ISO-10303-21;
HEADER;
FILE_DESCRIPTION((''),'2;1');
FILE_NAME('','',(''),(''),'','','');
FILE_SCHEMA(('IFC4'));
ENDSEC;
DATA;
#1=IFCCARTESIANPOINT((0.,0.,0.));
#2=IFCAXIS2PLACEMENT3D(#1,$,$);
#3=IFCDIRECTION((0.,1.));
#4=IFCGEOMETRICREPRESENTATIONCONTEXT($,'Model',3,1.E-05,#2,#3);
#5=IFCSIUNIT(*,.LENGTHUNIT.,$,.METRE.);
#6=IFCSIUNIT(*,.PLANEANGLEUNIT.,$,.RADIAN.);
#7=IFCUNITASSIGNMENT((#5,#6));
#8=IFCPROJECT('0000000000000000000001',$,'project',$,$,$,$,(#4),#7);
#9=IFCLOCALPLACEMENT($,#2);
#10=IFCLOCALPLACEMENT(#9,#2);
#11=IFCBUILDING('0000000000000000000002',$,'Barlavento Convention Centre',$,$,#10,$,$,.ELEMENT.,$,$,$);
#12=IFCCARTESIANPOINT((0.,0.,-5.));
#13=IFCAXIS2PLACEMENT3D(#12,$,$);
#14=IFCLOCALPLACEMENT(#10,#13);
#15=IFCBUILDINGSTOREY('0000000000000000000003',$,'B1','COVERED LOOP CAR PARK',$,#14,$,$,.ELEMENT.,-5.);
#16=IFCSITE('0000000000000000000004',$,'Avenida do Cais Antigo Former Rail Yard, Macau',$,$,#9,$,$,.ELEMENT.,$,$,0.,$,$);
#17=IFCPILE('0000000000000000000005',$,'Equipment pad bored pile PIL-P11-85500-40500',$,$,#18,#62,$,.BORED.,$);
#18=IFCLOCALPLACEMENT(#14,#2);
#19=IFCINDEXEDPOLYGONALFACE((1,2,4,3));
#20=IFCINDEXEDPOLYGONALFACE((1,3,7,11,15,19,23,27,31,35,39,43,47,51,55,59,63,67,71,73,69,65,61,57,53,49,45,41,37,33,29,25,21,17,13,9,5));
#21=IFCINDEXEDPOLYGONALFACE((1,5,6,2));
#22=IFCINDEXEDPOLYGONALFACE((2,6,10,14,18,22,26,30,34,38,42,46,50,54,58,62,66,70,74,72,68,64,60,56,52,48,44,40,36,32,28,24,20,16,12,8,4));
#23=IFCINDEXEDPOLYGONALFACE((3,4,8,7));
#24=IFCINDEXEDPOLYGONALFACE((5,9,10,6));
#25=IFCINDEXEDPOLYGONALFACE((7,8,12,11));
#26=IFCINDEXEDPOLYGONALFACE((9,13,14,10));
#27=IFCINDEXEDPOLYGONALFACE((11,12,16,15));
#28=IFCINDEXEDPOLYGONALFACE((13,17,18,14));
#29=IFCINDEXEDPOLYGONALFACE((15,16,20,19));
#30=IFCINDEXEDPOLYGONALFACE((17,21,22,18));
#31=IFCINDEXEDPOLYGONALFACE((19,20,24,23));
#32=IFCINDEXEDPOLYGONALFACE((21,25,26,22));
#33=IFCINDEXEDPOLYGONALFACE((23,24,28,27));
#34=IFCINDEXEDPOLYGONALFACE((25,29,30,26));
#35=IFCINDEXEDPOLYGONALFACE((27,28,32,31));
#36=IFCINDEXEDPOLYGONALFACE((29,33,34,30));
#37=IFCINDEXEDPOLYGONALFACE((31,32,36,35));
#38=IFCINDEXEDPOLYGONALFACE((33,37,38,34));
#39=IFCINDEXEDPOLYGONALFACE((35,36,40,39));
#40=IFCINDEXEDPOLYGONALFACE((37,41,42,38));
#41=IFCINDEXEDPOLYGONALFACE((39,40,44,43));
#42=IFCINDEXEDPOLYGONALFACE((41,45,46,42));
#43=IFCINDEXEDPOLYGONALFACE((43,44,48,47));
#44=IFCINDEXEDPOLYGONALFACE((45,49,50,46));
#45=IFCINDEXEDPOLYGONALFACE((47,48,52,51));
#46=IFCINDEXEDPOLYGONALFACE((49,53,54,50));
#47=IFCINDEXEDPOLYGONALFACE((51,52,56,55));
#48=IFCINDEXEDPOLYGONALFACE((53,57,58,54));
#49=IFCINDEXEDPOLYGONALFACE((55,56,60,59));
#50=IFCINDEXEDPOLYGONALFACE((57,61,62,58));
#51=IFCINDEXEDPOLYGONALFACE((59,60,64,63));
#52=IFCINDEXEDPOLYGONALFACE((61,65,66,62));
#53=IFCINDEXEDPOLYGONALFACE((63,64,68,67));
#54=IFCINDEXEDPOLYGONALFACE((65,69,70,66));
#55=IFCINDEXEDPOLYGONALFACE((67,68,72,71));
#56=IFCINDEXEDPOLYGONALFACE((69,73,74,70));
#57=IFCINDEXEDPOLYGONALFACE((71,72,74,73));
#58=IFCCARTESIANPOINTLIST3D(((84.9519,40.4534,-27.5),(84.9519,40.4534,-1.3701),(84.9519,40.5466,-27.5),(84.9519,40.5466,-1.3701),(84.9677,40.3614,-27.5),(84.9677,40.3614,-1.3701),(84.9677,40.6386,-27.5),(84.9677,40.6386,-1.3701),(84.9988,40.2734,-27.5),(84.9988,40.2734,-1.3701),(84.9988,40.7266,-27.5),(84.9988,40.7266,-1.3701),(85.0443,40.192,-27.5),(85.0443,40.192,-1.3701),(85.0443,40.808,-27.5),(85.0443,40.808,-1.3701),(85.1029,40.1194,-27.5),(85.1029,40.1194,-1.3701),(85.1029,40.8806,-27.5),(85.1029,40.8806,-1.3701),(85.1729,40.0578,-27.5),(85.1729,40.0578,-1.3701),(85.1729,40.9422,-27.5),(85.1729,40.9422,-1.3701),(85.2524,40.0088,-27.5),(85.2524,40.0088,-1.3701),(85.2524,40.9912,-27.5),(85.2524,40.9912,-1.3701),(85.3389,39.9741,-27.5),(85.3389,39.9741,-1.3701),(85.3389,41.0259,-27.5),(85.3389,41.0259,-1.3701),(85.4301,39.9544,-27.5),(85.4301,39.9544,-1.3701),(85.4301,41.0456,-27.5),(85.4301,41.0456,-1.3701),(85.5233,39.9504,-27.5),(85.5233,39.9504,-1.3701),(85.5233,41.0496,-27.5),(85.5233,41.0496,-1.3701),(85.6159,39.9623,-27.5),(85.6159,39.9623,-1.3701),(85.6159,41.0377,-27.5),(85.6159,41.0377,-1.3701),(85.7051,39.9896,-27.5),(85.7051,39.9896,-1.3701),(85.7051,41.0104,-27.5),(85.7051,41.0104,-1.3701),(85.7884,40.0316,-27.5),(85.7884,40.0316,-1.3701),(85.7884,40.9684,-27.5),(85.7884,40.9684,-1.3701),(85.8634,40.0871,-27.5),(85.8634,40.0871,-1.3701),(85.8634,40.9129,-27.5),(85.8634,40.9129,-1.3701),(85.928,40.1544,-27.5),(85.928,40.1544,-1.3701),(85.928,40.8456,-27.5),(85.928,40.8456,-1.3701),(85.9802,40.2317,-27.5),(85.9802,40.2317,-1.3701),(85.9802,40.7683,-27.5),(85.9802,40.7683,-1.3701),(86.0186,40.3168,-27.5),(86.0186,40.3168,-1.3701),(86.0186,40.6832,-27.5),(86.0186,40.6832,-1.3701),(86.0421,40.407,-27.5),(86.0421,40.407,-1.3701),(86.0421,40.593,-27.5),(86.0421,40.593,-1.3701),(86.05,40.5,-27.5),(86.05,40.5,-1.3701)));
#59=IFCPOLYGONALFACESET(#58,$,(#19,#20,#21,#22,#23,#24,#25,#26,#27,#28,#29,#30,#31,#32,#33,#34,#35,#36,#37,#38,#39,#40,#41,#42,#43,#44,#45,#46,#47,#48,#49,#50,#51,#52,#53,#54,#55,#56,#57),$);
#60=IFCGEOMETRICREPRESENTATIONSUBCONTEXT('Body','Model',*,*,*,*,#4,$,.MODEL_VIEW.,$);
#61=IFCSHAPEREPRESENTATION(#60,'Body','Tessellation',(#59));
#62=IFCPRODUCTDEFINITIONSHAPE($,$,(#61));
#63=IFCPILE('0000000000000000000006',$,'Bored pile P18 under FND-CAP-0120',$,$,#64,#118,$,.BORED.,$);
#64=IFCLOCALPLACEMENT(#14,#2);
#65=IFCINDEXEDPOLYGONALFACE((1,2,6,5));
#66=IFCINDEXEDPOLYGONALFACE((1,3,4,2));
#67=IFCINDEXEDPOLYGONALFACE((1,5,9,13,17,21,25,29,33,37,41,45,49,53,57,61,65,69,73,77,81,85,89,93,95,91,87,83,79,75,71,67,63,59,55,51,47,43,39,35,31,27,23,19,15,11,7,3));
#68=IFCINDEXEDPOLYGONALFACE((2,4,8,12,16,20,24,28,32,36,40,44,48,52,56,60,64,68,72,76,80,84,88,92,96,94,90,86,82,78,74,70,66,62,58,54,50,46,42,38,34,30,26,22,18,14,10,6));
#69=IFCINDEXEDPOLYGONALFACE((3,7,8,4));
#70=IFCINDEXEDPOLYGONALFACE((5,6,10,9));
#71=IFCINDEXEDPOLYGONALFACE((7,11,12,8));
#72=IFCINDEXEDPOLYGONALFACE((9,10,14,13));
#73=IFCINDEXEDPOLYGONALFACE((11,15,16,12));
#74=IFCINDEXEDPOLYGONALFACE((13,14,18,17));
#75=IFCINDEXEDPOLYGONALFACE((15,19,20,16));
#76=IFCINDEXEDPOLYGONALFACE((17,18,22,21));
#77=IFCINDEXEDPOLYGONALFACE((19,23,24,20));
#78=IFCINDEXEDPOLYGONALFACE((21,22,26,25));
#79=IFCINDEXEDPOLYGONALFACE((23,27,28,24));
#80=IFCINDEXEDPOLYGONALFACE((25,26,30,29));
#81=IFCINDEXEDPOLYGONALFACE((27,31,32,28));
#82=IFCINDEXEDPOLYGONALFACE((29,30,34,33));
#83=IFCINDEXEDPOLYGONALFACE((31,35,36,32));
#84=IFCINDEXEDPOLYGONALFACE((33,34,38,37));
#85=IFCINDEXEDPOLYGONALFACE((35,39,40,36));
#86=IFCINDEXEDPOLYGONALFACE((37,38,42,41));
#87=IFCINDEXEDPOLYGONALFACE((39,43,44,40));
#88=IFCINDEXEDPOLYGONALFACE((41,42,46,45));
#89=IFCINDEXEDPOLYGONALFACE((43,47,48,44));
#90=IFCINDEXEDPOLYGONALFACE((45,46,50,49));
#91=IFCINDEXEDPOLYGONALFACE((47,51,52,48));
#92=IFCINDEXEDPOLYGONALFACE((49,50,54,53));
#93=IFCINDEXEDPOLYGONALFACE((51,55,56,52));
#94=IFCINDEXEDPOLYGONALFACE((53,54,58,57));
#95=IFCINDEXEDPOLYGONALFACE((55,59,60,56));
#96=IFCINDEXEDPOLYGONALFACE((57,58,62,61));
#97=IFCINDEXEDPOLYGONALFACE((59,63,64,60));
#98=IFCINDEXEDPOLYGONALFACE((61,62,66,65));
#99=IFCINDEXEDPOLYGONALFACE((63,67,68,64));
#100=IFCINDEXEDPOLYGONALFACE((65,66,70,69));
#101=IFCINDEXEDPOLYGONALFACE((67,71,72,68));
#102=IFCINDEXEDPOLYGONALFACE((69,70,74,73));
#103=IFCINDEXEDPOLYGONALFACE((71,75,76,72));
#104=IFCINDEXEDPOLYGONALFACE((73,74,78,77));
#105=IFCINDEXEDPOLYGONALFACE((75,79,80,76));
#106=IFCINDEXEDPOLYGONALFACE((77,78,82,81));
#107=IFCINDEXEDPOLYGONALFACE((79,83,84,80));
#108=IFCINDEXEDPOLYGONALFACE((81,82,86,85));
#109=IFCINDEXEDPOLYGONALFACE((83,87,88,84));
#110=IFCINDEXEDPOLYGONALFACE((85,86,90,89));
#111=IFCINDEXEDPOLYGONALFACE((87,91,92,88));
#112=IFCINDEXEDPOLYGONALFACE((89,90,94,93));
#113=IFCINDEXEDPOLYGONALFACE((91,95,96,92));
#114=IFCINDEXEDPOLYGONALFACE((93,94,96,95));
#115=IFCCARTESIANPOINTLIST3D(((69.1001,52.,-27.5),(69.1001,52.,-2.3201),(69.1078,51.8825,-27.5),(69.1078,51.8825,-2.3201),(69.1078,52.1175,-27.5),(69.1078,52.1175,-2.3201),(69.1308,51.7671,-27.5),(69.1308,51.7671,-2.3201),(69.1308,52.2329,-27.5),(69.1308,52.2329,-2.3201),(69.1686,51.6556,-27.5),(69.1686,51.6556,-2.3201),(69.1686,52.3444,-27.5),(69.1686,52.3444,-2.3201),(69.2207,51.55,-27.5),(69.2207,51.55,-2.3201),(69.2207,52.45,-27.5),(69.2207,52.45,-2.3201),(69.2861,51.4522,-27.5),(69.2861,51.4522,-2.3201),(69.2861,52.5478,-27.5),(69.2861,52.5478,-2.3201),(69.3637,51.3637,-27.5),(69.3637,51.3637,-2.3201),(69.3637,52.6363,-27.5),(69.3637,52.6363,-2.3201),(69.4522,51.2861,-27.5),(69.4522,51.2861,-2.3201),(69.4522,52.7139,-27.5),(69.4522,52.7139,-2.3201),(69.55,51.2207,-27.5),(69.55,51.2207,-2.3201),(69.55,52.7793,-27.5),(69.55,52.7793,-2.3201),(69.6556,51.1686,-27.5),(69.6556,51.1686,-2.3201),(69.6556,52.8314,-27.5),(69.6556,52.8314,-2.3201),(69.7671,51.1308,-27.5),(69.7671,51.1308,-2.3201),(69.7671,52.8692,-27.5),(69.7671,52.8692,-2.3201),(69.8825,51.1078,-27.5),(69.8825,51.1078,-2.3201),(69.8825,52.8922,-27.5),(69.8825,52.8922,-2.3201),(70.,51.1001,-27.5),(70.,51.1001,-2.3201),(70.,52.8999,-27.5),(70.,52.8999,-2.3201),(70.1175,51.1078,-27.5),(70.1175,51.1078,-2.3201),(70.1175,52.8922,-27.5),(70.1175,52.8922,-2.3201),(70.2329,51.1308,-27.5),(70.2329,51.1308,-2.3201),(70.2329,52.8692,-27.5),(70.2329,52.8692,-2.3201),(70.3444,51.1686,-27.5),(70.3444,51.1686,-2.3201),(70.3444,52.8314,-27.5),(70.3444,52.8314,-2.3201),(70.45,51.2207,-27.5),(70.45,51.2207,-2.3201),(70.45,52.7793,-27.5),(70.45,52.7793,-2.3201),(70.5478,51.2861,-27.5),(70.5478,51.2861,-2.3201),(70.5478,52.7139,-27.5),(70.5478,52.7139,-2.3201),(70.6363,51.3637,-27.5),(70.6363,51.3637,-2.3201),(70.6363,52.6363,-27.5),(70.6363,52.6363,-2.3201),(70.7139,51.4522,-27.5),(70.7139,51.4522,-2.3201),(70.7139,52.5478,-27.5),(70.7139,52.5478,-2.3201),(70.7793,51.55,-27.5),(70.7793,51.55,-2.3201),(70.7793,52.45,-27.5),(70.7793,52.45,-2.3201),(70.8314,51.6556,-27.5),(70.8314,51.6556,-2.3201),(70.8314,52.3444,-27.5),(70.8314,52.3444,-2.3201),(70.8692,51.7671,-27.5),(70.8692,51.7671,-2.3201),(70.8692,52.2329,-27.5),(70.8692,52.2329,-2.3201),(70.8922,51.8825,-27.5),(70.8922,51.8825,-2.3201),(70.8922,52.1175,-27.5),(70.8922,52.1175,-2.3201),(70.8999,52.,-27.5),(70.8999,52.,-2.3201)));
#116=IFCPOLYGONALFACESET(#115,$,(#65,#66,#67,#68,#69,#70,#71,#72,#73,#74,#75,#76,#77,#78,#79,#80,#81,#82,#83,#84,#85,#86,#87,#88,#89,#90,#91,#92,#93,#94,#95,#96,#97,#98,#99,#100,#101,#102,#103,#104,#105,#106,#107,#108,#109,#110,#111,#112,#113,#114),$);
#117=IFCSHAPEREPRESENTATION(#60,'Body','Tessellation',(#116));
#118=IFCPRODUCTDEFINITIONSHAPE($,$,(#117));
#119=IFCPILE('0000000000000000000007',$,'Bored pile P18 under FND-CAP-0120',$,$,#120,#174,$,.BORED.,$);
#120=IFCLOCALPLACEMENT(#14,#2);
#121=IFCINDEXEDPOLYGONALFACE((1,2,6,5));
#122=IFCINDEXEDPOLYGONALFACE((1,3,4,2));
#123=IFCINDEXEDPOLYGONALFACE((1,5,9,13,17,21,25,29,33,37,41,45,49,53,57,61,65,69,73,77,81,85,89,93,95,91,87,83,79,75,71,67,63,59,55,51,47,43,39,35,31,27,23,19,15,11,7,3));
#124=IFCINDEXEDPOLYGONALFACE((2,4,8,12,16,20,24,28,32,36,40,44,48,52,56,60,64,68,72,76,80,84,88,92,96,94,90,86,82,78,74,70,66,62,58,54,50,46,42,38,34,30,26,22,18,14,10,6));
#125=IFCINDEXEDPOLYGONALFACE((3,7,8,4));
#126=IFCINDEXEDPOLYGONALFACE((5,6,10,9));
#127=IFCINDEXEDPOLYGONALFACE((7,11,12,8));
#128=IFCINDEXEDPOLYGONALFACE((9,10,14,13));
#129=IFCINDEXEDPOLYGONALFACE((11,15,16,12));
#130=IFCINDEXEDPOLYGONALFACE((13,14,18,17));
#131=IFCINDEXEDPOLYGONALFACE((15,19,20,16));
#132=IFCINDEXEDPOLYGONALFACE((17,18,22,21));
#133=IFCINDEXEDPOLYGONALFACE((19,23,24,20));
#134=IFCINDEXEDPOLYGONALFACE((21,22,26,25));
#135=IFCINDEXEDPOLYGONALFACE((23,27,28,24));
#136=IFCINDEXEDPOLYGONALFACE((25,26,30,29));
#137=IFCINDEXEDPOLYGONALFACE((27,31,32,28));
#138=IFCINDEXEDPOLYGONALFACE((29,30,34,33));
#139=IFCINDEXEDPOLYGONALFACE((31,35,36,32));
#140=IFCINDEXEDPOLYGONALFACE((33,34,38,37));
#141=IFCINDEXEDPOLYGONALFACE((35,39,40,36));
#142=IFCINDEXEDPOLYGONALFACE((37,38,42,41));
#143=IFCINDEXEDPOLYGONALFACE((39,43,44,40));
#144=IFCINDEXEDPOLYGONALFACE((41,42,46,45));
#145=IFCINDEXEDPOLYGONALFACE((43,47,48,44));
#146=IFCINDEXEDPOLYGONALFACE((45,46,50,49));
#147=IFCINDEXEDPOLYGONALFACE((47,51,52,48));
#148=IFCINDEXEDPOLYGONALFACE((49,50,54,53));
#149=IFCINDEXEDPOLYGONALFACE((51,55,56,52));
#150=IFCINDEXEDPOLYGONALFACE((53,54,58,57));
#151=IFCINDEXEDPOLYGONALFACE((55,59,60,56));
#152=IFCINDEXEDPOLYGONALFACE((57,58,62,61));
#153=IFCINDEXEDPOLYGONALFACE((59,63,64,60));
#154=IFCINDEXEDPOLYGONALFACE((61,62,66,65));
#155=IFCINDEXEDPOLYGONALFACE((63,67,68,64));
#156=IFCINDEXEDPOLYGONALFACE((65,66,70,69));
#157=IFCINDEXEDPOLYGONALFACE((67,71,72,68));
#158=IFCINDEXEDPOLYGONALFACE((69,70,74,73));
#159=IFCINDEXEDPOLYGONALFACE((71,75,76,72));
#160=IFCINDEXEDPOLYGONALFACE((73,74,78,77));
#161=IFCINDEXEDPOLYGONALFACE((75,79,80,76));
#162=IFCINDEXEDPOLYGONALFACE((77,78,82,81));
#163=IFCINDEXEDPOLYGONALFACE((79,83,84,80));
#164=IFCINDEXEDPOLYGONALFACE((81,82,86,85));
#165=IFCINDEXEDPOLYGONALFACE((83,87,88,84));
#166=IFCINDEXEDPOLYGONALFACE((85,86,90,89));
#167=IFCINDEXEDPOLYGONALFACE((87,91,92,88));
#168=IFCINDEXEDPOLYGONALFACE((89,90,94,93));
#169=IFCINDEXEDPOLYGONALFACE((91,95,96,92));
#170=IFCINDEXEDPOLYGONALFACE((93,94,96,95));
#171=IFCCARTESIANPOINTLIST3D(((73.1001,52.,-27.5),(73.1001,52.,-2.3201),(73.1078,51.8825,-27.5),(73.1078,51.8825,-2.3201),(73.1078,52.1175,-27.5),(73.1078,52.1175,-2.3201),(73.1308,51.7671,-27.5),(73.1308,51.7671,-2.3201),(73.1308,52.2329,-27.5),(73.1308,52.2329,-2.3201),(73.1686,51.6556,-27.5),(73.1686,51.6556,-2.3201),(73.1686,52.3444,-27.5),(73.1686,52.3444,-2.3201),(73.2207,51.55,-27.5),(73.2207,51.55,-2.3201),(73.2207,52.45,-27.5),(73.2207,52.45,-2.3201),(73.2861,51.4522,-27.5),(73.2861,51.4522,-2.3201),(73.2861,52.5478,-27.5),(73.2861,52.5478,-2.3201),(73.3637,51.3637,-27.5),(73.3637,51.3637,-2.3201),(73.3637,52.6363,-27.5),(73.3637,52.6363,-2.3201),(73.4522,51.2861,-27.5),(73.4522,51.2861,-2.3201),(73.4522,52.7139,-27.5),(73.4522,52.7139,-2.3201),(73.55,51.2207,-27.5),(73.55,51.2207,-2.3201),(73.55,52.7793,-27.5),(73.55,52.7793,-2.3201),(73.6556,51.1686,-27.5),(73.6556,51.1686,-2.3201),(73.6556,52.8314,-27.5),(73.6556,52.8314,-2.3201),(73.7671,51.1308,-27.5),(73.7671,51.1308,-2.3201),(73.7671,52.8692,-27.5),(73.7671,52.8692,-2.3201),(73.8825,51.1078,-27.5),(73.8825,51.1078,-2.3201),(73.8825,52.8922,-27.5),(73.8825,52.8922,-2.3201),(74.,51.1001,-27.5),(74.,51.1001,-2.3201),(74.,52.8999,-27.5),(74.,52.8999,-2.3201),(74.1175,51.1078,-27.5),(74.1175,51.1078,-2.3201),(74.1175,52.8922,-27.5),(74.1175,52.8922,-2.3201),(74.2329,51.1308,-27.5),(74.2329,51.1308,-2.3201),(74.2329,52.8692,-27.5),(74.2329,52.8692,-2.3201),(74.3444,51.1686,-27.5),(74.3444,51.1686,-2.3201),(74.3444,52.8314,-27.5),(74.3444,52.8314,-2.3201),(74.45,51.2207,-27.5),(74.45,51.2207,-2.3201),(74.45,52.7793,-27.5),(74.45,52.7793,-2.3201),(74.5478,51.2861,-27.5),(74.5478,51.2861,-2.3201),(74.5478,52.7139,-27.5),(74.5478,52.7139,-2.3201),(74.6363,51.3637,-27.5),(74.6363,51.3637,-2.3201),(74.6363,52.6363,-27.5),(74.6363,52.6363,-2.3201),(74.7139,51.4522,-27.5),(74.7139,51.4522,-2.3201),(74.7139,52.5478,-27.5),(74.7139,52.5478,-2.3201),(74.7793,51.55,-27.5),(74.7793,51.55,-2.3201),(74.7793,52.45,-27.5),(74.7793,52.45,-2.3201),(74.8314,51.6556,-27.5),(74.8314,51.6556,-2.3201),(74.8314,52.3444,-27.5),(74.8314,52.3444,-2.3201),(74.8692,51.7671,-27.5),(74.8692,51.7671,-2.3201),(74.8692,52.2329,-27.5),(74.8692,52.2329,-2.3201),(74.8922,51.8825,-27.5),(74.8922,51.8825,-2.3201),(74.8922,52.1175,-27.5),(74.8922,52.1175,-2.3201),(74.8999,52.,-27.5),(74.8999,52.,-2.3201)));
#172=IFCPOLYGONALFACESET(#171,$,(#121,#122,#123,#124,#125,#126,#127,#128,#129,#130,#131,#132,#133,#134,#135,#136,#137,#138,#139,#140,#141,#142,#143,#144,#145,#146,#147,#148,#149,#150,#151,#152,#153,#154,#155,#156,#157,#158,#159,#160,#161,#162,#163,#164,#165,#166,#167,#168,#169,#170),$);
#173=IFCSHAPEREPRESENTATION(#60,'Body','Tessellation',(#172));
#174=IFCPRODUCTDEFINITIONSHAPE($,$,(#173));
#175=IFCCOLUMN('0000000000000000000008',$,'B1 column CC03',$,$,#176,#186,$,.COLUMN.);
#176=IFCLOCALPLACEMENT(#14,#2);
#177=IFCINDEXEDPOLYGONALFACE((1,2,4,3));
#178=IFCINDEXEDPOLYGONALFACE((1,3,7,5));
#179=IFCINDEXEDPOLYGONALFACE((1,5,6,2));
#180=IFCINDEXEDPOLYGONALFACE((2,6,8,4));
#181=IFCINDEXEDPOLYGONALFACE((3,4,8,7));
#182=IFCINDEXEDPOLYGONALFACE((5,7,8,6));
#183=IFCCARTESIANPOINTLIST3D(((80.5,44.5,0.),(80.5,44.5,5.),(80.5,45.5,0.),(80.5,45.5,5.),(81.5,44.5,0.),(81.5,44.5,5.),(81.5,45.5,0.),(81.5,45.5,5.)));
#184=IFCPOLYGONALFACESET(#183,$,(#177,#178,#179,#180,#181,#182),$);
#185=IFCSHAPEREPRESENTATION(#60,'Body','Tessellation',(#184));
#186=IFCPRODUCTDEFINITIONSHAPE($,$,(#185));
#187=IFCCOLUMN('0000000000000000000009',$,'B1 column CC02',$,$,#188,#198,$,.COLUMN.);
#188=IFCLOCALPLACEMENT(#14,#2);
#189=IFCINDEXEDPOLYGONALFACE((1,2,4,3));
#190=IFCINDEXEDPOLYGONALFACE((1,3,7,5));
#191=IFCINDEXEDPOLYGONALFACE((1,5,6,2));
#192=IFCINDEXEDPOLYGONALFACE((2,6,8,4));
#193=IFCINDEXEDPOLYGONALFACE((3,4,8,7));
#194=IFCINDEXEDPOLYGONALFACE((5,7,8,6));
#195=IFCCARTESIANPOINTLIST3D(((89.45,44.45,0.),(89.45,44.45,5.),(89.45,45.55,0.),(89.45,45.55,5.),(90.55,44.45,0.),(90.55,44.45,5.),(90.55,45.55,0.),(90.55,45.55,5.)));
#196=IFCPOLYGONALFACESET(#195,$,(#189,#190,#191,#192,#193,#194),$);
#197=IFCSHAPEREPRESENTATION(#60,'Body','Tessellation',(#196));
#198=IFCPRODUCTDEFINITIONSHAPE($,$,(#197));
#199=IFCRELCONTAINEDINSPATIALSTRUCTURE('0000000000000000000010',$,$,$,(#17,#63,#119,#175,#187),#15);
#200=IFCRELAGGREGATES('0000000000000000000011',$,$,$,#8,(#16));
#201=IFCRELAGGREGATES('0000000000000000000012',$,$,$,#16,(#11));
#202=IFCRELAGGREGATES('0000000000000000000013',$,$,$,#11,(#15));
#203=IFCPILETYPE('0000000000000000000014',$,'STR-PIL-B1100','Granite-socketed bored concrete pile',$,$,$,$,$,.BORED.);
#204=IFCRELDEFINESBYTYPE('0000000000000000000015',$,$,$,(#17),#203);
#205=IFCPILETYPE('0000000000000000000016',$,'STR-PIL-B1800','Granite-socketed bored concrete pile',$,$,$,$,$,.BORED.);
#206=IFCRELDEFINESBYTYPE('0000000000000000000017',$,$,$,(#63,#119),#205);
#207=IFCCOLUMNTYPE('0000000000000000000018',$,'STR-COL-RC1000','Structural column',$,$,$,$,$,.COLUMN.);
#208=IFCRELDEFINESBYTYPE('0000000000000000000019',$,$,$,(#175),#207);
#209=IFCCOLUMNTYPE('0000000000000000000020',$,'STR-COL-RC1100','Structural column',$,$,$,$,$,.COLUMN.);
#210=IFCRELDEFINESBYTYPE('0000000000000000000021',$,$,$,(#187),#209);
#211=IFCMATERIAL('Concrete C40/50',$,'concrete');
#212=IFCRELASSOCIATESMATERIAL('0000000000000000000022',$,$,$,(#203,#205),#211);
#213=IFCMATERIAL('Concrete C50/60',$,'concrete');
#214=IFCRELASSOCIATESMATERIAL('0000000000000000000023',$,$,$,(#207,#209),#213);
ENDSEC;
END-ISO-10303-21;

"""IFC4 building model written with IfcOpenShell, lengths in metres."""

from ifc_helpers import new_model, si_unit, direction, frame, origin, origin_2d, place, context, subcontext, project, spatial, rectangle, circle, extrude, material, material_profile, profile_set, type_object, element, save


model = new_model("IFC4")

# Units and contexts
model_context = context("Model", 3, precision=1e-05, world=origin(), true_north=direction((0.0, 1.0)))
body_context = subcontext(model_context, "Body", "Model", "MODEL_VIEW")
ifc_project = project(units=[si_unit("LENGTHUNIT", "METRE"), si_unit("PLANEANGLEUNIT", "RADIAN")], contexts=[model_context])

# Site, building, storey
site_placement = place(None, origin())
site = spatial("IfcSite", under=ifc_project, at=site_placement, Name="Avenida do Cais Antigo Former Rail Yard, Macau", CompositionType="ELEMENT", RefElevation=0.0)
building_placement = place(site_placement, origin())
building = spatial("IfcBuilding", under=site, at=building_placement, Name="Barlavento Convention Centre", CompositionType="ELEMENT")
storey_placement = place(building_placement, frame((0.0, 0.0, -5.0)))
storey = spatial("IfcBuildingStorey", under=building, at=storey_placement, Name="B1", Description="COVERED LOOP CAR PARK", CompositionType="ELEMENT", Elevation=-5.0)

# Shared definitions
ifc_material_1 = material(Name="Concrete C40/50", Category="concrete")

# Piles
ifc_material_profile_1 = material_profile(ifc_material_1, circle(Radius=0.55, at=origin_2d()), Name="BORED PILE 1100")
ifc_profile_set_1 = profile_set([ifc_material_profile_1], Name="Concrete C40/50")
pile_type_1 = type_object("IfcPileType", Name="STR-PIL-B1100", Description="Granite-socketed bored concrete pile", PredefinedType="BORED", material=ifc_profile_set_1)
for number, where, z_axis, x_axis, name in (
    (1, (85.5, 40.5, -1.3701), (0.0, 0.0, -1.0), (1.0, 0.0, 0.0), "Equipment pad bored pile PIL-P11-85500-40500"),
):
    element("IfcPile", number, at=place(storey_placement, frame(where, z_axis=z_axis, x_axis=x_axis)), inside=storey, type_object=pile_type_1, Name=name, PredefinedType="BORED", context=body_context, shape_type="SweptSolid", body=[
        extrude(circle(Radius=0.55, at=origin_2d()), origin(), (0.0, 0.0, 1.0), 26.1299),
    ])
ifc_material_profile_2 = material_profile(ifc_material_1, circle(Radius=0.8999, at=origin_2d()), Name="BORED PILE 1800")
ifc_profile_set_2 = profile_set([ifc_material_profile_2], Name="Concrete C40/50")
pile_type_2 = type_object("IfcPileType", Name="STR-PIL-B1800", Description="Granite-socketed bored concrete pile", PredefinedType="BORED", material=ifc_profile_set_2)
for number, where, z_axis, x_axis, name in (
    (2, (70.0, 52.0, -2.3201), (0.0, 0.0, -1.0), (1.0, 0.0, 0.0), "Bored pile P18 under FND-CAP-0120"),
    (3, (74.0, 52.0, -2.3201), (0.0, 0.0, -1.0), (1.0, 0.0, 0.0), "Bored pile P18 under FND-CAP-0120"),
):
    element("IfcPile", number, at=place(storey_placement, frame(where, z_axis=z_axis, x_axis=x_axis)), inside=storey, type_object=pile_type_2, Name=name, PredefinedType="BORED", context=body_context, shape_type="SweptSolid", body=[
        extrude(circle(Radius=0.8999, at=origin_2d()), origin(), (0.0, 0.0, 1.0), 25.1799),
    ])

# Columns
ifc_material_2 = material(Name="Concrete C50/60", Category="concrete")
ifc_material_profile_3 = material_profile(ifc_material_2, rectangle(XDim=1.0, YDim=1.0, at=origin_2d()), Name="RC 1000x1000")
ifc_profile_set_3 = profile_set([ifc_material_profile_3], Name="Concrete C50/60")
column_type_1 = type_object("IfcColumnType", Name="STR-COL-RC1000", Description="Structural column", PredefinedType="COLUMN", material=ifc_profile_set_3)
column_1_placement = place(storey_placement, frame((81.0, 45.0, 0.0), z_axis=(0.0, 0.0, 1.0), x_axis=(1.0, 0.0, 0.0)))
element("IfcColumn", 4, at=column_1_placement, inside=storey, type_object=column_type_1, Name="B1 column CC03", PredefinedType="COLUMN", context=body_context, shape_type="SweptSolid", body=[
    extrude(rectangle(XDim=1.0, YDim=1.0, at=origin_2d()), origin(), (0.0, 0.0, 1.0), 5.0),
])
ifc_material_profile_4 = material_profile(ifc_material_2, rectangle(XDim=1.1001, YDim=1.1001, at=origin_2d()), Name="RC 1100x1100")
ifc_profile_set_4 = profile_set([ifc_material_profile_4], Name="Concrete C50/60")
column_type_2 = type_object("IfcColumnType", Name="STR-COL-RC1100", Description="Structural column", PredefinedType="COLUMN", material=ifc_profile_set_4)
column_2_placement = place(storey_placement, frame((90.0, 45.0, 0.0), z_axis=(0.0, 0.0, 1.0), x_axis=(1.0, 0.0, 0.0)))
element("IfcColumn", 5, at=column_2_placement, inside=storey, type_object=column_type_2, Name="B1 column CC02", PredefinedType="COLUMN", context=body_context, shape_type="SweptSolid", body=[
    extrude(rectangle(XDim=1.1001, YDim=1.1001, at=origin_2d()), origin(), (0.0, 0.0, 1.0), 5.0),
])

save(model, "model.ifc")
